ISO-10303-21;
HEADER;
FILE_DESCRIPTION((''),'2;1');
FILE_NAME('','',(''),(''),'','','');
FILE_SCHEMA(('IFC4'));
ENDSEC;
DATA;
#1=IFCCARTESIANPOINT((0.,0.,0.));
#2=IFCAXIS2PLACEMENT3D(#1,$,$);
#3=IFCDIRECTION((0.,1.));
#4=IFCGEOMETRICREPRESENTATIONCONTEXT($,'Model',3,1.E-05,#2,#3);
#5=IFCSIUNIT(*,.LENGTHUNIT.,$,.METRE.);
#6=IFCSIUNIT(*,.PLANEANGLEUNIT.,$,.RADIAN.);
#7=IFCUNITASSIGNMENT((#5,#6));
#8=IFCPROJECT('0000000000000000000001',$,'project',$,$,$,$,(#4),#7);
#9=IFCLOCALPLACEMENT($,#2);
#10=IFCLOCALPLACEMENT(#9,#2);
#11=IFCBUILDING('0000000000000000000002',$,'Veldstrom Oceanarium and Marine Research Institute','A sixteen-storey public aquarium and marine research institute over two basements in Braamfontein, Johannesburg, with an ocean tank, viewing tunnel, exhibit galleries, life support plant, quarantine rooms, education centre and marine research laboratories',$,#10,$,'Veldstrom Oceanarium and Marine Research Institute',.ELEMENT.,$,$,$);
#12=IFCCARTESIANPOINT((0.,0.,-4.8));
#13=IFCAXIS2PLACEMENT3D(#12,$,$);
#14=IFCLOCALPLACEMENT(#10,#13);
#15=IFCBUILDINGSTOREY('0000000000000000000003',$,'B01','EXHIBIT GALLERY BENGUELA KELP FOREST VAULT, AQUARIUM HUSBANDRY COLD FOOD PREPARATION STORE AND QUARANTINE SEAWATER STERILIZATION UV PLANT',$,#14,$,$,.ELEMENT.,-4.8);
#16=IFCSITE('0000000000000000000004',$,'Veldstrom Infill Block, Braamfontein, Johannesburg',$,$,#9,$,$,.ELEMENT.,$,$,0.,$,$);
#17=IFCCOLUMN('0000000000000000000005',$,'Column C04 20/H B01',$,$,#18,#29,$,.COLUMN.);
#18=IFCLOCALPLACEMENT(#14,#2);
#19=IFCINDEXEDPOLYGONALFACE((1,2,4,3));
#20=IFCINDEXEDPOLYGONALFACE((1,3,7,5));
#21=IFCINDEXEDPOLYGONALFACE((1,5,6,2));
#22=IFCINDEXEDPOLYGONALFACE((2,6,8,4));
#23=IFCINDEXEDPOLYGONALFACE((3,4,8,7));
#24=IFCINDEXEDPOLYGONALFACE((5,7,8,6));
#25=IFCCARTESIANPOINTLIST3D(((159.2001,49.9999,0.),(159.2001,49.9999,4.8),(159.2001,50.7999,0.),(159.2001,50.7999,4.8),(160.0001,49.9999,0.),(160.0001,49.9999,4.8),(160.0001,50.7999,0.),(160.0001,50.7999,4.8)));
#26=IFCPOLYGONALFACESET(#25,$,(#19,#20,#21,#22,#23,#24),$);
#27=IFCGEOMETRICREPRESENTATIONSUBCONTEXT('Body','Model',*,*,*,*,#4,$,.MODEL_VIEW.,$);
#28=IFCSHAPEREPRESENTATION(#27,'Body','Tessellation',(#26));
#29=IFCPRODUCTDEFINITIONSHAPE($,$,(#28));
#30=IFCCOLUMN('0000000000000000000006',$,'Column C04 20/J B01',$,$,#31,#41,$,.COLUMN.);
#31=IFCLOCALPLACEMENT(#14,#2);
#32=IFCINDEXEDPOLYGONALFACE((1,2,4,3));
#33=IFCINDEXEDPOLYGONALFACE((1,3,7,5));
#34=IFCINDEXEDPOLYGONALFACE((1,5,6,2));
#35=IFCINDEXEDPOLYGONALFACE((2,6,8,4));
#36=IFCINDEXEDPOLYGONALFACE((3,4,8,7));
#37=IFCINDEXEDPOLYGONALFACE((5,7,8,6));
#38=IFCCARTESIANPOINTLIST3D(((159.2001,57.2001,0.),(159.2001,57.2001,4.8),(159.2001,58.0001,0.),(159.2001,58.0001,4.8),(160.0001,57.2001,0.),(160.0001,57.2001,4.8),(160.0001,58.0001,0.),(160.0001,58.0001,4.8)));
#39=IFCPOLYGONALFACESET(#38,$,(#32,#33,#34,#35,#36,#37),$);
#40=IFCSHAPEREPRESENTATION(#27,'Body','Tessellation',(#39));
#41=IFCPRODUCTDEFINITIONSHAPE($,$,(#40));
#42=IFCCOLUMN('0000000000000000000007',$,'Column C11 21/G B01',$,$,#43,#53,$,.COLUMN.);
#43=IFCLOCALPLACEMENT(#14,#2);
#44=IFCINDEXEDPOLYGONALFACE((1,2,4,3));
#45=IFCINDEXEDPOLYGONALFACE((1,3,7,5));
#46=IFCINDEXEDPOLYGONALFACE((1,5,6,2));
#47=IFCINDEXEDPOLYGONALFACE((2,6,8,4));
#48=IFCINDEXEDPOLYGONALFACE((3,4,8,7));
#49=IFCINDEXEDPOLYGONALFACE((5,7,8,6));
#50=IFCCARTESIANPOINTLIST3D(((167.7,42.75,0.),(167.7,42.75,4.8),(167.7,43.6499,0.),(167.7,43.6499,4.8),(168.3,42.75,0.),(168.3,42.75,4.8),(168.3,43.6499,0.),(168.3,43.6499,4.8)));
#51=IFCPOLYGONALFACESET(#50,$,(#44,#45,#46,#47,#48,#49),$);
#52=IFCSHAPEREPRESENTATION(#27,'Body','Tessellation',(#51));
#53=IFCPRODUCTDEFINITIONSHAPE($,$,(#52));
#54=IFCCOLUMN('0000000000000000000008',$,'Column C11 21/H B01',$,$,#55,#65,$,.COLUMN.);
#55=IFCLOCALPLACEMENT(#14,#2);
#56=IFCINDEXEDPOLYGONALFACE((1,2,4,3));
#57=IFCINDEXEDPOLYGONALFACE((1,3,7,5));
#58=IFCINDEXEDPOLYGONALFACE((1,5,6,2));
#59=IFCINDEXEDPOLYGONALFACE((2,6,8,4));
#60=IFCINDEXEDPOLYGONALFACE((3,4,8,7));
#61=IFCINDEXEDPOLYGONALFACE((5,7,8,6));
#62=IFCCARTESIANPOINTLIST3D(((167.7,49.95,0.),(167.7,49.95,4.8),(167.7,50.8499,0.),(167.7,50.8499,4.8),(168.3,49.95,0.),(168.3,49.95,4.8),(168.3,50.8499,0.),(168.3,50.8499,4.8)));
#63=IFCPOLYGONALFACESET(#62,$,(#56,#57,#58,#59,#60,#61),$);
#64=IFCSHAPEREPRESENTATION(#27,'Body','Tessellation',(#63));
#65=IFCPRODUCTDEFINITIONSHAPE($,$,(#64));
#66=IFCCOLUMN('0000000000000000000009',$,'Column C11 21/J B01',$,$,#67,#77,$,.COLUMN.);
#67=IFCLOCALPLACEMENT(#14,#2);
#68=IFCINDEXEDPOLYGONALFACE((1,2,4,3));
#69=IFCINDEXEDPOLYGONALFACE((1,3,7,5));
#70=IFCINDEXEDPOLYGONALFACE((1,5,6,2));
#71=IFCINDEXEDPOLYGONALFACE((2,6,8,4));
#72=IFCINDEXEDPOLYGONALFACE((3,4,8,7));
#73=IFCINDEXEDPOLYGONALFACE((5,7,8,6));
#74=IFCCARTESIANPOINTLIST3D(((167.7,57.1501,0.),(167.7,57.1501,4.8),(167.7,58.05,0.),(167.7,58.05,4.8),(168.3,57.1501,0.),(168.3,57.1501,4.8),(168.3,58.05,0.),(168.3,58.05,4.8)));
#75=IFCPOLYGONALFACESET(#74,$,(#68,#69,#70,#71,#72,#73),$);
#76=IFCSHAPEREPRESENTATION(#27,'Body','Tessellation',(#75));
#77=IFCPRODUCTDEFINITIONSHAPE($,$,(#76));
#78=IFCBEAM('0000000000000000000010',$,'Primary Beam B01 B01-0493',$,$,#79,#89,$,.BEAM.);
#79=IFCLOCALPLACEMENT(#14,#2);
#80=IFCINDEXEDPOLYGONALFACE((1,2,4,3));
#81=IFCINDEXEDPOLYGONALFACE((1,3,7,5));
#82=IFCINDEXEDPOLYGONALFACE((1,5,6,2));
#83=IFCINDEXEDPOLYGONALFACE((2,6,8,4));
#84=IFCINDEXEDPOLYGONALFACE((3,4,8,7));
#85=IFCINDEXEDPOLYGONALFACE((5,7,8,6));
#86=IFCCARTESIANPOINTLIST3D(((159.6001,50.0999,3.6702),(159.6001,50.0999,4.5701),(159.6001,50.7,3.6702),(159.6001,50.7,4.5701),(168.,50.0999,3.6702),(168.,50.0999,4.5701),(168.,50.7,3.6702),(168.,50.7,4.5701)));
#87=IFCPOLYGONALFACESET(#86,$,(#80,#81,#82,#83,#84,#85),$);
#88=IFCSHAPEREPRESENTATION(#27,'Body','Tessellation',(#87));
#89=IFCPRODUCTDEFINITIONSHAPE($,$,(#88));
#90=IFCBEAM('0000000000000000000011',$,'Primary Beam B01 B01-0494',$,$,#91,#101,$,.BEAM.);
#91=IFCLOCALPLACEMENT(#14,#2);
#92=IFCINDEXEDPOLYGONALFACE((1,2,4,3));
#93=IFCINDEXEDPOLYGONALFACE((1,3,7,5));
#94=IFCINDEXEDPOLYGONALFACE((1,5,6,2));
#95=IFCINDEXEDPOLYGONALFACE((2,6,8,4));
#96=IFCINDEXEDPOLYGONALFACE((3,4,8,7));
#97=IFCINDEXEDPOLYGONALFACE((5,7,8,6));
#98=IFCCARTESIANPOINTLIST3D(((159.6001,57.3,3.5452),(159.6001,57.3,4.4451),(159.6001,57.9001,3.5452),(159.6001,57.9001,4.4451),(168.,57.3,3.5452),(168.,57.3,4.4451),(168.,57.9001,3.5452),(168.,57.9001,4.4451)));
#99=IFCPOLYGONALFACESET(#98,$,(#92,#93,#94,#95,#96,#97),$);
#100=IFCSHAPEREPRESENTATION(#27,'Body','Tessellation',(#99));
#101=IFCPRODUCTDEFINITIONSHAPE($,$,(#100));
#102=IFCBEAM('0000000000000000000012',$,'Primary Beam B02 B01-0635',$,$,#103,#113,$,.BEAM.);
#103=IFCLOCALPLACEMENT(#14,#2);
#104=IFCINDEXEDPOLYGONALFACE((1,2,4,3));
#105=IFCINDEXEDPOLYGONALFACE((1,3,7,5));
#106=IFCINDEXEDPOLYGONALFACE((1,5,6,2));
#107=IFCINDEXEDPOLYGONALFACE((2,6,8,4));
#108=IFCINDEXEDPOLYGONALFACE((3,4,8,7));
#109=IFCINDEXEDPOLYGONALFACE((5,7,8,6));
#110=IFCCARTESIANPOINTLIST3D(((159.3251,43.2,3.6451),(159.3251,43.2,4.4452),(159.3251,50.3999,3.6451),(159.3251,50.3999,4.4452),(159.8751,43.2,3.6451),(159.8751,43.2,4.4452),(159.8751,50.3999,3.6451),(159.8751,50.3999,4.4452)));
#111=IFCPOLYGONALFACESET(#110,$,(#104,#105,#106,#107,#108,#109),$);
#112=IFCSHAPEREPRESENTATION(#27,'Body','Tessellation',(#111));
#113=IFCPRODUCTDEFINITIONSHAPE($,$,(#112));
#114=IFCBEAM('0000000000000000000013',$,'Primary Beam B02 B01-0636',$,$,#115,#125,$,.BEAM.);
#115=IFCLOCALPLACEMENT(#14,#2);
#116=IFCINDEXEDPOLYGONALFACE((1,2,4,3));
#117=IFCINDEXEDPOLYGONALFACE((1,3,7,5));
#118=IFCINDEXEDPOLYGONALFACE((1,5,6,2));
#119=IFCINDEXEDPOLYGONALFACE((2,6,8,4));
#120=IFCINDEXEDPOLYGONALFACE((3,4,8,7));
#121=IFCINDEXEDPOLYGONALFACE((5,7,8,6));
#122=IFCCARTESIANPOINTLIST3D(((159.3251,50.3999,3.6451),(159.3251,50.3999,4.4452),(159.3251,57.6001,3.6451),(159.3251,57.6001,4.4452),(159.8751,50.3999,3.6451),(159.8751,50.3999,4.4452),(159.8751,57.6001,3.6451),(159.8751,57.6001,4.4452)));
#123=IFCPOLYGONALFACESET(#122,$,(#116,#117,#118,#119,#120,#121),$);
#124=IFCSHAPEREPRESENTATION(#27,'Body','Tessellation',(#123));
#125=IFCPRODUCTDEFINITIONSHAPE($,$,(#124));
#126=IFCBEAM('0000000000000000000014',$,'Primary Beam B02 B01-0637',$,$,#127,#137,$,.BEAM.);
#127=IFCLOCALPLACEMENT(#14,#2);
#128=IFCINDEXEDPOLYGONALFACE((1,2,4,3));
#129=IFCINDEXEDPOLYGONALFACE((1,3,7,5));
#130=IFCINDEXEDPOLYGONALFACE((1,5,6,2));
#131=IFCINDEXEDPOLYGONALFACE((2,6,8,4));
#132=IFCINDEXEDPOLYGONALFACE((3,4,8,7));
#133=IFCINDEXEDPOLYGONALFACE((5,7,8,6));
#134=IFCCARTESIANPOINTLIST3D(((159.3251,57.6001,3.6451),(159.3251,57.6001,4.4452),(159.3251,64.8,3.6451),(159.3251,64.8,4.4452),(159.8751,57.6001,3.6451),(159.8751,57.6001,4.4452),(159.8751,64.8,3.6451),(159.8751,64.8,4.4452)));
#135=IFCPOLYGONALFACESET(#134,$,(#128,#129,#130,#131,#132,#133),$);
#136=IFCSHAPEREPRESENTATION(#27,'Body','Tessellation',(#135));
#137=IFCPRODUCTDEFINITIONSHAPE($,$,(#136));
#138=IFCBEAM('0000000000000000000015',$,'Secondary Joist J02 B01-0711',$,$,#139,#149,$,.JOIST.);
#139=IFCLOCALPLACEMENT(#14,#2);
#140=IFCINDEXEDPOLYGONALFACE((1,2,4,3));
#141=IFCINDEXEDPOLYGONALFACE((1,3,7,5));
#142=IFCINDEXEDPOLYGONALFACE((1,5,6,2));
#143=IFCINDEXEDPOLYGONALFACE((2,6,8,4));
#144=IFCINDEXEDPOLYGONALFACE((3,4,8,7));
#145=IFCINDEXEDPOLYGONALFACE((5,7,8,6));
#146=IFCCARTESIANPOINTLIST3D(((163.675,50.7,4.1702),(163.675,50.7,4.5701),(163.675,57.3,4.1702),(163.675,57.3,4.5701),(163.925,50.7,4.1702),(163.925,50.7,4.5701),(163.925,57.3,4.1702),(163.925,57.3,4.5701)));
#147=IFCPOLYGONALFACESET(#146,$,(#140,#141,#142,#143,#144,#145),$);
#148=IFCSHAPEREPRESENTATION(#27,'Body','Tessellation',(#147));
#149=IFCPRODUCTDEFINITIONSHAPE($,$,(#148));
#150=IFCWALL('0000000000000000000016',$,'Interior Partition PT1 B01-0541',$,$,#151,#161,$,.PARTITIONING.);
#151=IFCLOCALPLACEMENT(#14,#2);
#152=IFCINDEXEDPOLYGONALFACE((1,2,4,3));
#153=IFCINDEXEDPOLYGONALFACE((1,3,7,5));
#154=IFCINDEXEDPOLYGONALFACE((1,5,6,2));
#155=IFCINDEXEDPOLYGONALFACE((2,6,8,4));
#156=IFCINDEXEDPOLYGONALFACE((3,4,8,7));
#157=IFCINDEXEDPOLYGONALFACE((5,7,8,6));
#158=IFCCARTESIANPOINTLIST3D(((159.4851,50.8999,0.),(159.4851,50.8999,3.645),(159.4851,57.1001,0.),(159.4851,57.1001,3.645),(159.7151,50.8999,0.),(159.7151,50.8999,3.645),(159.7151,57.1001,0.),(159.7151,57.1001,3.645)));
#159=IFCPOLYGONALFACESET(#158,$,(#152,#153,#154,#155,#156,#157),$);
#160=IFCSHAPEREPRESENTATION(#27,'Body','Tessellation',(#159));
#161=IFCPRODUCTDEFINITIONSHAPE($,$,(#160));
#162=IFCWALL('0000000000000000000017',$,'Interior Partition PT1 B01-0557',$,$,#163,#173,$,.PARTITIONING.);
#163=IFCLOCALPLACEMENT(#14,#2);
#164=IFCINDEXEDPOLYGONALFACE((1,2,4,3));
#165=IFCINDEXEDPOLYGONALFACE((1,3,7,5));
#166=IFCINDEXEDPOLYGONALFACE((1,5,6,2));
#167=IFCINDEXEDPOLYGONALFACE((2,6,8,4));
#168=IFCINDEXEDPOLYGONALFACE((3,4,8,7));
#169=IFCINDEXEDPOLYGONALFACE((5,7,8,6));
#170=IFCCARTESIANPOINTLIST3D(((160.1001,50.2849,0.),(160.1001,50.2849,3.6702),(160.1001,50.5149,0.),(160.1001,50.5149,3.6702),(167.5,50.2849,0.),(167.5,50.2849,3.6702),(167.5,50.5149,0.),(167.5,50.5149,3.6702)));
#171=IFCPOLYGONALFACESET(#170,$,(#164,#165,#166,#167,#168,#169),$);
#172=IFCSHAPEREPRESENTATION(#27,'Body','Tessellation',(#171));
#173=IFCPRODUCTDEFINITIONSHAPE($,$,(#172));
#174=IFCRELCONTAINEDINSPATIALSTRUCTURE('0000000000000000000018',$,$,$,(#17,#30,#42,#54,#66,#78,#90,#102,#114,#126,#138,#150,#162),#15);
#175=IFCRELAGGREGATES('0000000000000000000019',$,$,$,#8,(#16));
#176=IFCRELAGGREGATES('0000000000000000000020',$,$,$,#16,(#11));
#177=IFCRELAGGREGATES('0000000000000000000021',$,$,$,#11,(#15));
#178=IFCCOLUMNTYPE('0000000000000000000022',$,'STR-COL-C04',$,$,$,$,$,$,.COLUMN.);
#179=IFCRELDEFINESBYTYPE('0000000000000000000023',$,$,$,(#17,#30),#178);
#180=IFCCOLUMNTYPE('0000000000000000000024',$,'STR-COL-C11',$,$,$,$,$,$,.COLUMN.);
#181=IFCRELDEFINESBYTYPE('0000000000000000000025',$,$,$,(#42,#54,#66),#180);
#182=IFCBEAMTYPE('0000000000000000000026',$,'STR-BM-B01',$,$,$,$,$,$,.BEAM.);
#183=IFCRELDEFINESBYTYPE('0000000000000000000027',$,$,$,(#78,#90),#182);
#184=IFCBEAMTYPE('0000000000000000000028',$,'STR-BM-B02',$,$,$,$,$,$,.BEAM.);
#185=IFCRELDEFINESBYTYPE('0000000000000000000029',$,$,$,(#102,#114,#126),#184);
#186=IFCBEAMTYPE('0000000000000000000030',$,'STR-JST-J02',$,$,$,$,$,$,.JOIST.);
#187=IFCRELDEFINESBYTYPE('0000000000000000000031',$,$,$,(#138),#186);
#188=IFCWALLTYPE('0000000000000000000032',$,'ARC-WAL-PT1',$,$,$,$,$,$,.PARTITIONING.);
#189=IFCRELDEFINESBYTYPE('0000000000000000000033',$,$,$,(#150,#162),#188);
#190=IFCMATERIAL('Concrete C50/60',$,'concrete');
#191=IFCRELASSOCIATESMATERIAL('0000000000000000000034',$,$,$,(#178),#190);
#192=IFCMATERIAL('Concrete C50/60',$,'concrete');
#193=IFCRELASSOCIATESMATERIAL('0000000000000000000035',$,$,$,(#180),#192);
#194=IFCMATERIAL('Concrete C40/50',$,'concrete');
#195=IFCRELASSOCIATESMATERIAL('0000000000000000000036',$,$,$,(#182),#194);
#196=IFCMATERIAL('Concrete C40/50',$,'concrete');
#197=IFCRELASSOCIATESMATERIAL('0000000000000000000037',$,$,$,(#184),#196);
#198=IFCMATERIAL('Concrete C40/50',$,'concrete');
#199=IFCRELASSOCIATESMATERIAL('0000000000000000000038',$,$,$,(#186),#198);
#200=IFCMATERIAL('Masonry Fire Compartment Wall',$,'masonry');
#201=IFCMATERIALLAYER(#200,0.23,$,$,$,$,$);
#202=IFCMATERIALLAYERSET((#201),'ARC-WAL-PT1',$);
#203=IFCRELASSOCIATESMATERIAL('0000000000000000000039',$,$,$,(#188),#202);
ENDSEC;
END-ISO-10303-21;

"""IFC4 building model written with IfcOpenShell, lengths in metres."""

from ifc_helpers import new_model, si_unit, direction, frame, frame_2d, origin, origin_2d, place, context, subcontext, project, spatial, rectangle, extrude, material, layer, layer_set, material_profile, profile_set, type_object, element, save


model = new_model("IFC4")

# Units and contexts
model_context = context("Model", 3, precision=1e-05, world=origin(), true_north=direction((0.0, 1.0)))
body_context = subcontext(model_context, "Body", "Model", "MODEL_VIEW")
ifc_project = project(units=[si_unit("LENGTHUNIT", "METRE"), si_unit("PLANEANGLEUNIT", "RADIAN")], contexts=[model_context])

# Site, building, storey
site_placement = place(None, origin())
site = spatial("IfcSite", under=ifc_project, at=site_placement, Name="Veldstrom Infill Block, Braamfontein, Johannesburg", CompositionType="ELEMENT", RefElevation=0.0)
building_placement = place(site_placement, origin())
building = spatial("IfcBuilding", under=site, at=building_placement, Name="Veldstrom Oceanarium and Marine Research Institute", Description="A sixteen-storey public aquarium and marine research institute over two basements in Braamfontein, Johannesburg, with an ocean tank, viewing tunnel, exhibit galleries, life support plant, quarantine rooms, education centre and marine research laboratories", LongName="Veldstrom Oceanarium and Marine Research Institute", CompositionType="ELEMENT")
storey_placement = place(building_placement, frame((0.0, 0.0, -4.8)))
storey = spatial("IfcBuildingStorey", under=building, at=storey_placement, Name="B01", Description="EXHIBIT GALLERY BENGUELA KELP FOREST VAULT, AQUARIUM HUSBANDRY COLD FOOD PREPARATION STORE AND QUARANTINE SEAWATER STERILIZATION UV PLANT", CompositionType="ELEMENT", Elevation=-4.8)

# Columns
ifc_material_1 = material(Name="Concrete C50/60", Category="concrete")
ifc_material_profile_1 = material_profile(ifc_material_1, rectangle(XDim=0.8, YDim=0.8, at=origin_2d()), Name="RC-COL-800x800")
ifc_profile_set_1 = profile_set([ifc_material_profile_1], Name="Concrete C50/60")
column_type_1 = type_object("IfcColumnType", Name="STR-COL-C04", PredefinedType="COLUMN", material=ifc_profile_set_1)
for number, where, z_axis, x_axis, name in (
    (1, (159.6001, 50.3999, 0.0), (0.0, 0.0, 1.0), (1.0, 0.0, 0.0), "Column C04 20/H B01"),
    (2, (159.6001, 57.6001, 0.0), (0.0, 0.0, 1.0), (1.0, 0.0, 0.0), "Column C04 20/J B01"),
):
    element("IfcColumn", number, at=place(storey_placement, frame(where, z_axis=z_axis, x_axis=x_axis)), inside=storey, type_object=column_type_1, Name=name, PredefinedType="COLUMN", context=body_context, shape_type="SweptSolid", body=[
        extrude(rectangle(XDim=0.8, YDim=0.8, at=origin_2d()), origin(), (0.0, 0.0, 1.0), 4.8),
    ])
ifc_material_2 = material(Name="Concrete C50/60", Category="concrete")
ifc_material_profile_2 = material_profile(ifc_material_2, rectangle(XDim=0.6001, YDim=0.8999, at=origin_2d()), Name="RC-COL-900x600")
ifc_profile_set_2 = profile_set([ifc_material_profile_2], Name="Concrete C50/60")
column_type_2 = type_object("IfcColumnType", Name="STR-COL-C11", PredefinedType="COLUMN", material=ifc_profile_set_2)
for number, where, z_axis, x_axis, name in (
    (3, (168.0, 43.2, 0.0), (0.0, 0.0, 1.0), (1.0, 0.0, 0.0), "Column C11 21/G B01"),
    (4, (168.0, 50.3999, 0.0), (0.0, 0.0, 1.0), (1.0, 0.0, 0.0), "Column C11 21/H B01"),
    (5, (168.0, 57.6001, 0.0), (0.0, 0.0, 1.0), (1.0, 0.0, 0.0), "Column C11 21/J B01"),
):
    element("IfcColumn", number, at=place(storey_placement, frame(where, z_axis=z_axis, x_axis=x_axis)), inside=storey, type_object=column_type_2, Name=name, PredefinedType="COLUMN", context=body_context, shape_type="SweptSolid", body=[
        extrude(rectangle(XDim=0.6001, YDim=0.8999, at=origin_2d()), origin(), (0.0, 0.0, 1.0), 4.8),
    ])

# Beams
ifc_material_3 = material(Name="Concrete C40/50", Category="concrete")
ifc_material_profile_3 = material_profile(ifc_material_3, rectangle(XDim=0.6001, YDim=0.8999, at=origin_2d()), Name="RC-BM-600x900")
ifc_profile_set_3 = profile_set([ifc_material_profile_3], Name="Concrete C40/50")
beam_type_1 = type_object("IfcBeamType", Name="STR-BM-B01", PredefinedType="BEAM", material=ifc_profile_set_3)
for number, where, z_axis, x_axis, name in (
    (6, (159.6001, 50.3999, 4.1201), (1.0, 0.0, 0.0), (0.0, 1.0, 0.0), "Primary Beam B01 B01-0493"),
    (7, (159.6001, 57.6001, 3.9951), (1.0, 0.0, 0.0), (0.0, 1.0, 0.0), "Primary Beam B01 B01-0494"),
):
    element("IfcBeam", number, at=place(storey_placement, frame(where, z_axis=z_axis, x_axis=x_axis)), inside=storey, type_object=beam_type_1, Name=name, PredefinedType="BEAM", context=body_context, shape_type="SweptSolid", body=[
        extrude(rectangle(XDim=0.6001, YDim=0.8999, at=origin_2d()), origin(), (0.0, 0.0, 1.0), 8.3999),
    ])
ifc_material_4 = material(Name="Concrete C40/50", Category="concrete")
ifc_material_profile_4 = material_profile(ifc_material_4, rectangle(XDim=0.55, YDim=0.8, at=origin_2d()), Name="RC-BM-550x800")
ifc_profile_set_4 = profile_set([ifc_material_profile_4], Name="Concrete C40/50")
beam_type_2 = type_object("IfcBeamType", Name="STR-BM-B02", PredefinedType="BEAM", material=ifc_profile_set_4)
beam_1_placement = place(storey_placement, frame((159.6001, 43.2, 4.0452), z_axis=(0.0, 1.0, 0.0), x_axis=(-1.0, 0.0, 0.0)))
element("IfcBeam", 8, at=beam_1_placement, inside=storey, type_object=beam_type_2, Name="Primary Beam B02 B01-0635", PredefinedType="BEAM", context=body_context, shape_type="SweptSolid", body=[
    extrude(rectangle(XDim=0.55, YDim=0.8, at=origin_2d()), origin(), (0.0, 0.0, 1.0), 7.2),
])
beam_2_placement = place(storey_placement, frame((159.6001, 50.3999, 4.0452), z_axis=(0.0, 1.0, 0.0), x_axis=(-1.0, 0.0, 0.0)))
element("IfcBeam", 9, at=beam_2_placement, inside=storey, type_object=beam_type_2, Name="Primary Beam B02 B01-0636", PredefinedType="BEAM", context=body_context, shape_type="SweptSolid", body=[
    extrude(rectangle(XDim=0.55, YDim=0.8, at=origin_2d()), origin(), (0.0, 0.0, 1.0), 7.2002),
])
beam_3_placement = place(storey_placement, frame((159.6001, 57.6001, 4.0452), z_axis=(0.0, 1.0, 0.0), x_axis=(-1.0, 0.0, 0.0)))
element("IfcBeam", 10, at=beam_3_placement, inside=storey, type_object=beam_type_2, Name="Primary Beam B02 B01-0637", PredefinedType="BEAM", context=body_context, shape_type="SweptSolid", body=[
    extrude(rectangle(XDim=0.55, YDim=0.8, at=origin_2d()), origin(), (0.0, 0.0, 1.0), 7.2),
])
ifc_material_5 = material(Name="Concrete C40/50", Category="concrete")
ifc_material_profile_5 = material_profile(ifc_material_5, rectangle(XDim=0.25, YDim=0.3999, at=origin_2d()), Name="RC-JST-250x400")
ifc_profile_set_5 = profile_set([ifc_material_profile_5], Name="Concrete C40/50")
beam_type_3 = type_object("IfcBeamType", Name="STR-JST-J02", PredefinedType="JOIST", material=ifc_profile_set_5)
beam_4_placement = place(storey_placement, frame((163.8, 50.7, 4.3701), z_axis=(0.0, 1.0, 0.0), x_axis=(-1.0, 0.0, 0.0)))
element("IfcBeam", 11, at=beam_4_placement, inside=storey, type_object=beam_type_3, Name="Secondary Joist J02 B01-0711", PredefinedType="JOIST", context=body_context, shape_type="SweptSolid", body=[
    extrude(rectangle(XDim=0.25, YDim=0.3999, at=origin_2d()), origin(), (0.0, 0.0, 1.0), 6.6001),
])

# Walls
ifc_material_6 = material(Name="Masonry Fire Compartment Wall", Category="masonry")
ifc_layer_1 = layer(ifc_material_6, 0.23)
ifc_layer_set_1 = layer_set([ifc_layer_1], Name="ARC-WAL-PT1")
wall_type_1 = type_object("IfcWallType", Name="ARC-WAL-PT1", PredefinedType="PARTITIONING", material=ifc_layer_set_1)
wall_1_placement = place(storey_placement, frame((159.6001, 50.8999, 0.0), z_axis=(0.0, 0.0, 1.0), x_axis=(0.0, 1.0, 0.0)))
element("IfcWall", 12, at=wall_1_placement, inside=storey, type_object=wall_type_1, Name="Interior Partition PT1 B01-0541", PredefinedType="PARTITIONING", context=body_context, shape_type="SweptSolid", body=[
    extrude(rectangle(XDim=6.2002, YDim=0.23, at=frame_2d((3.1001, 0.0))), origin(), (0.0, 0.0, 1.0), 3.645),
])
wall_2_placement = place(storey_placement, frame((160.1001, 50.3999, 0.0), z_axis=(0.0, 0.0, 1.0), x_axis=(1.0, 0.0, 0.0)))
element("IfcWall", 13, at=wall_2_placement, inside=storey, type_object=wall_type_1, Name="Interior Partition PT1 B01-0557", PredefinedType="PARTITIONING", context=body_context, shape_type="SweptSolid", body=[
    extrude(rectangle(XDim=7.3999, YDim=0.23, at=frame_2d((3.7, 0.0))), origin(), (0.0, 0.0, 1.0), 3.6702),
])

save(model, "model.ifc")
